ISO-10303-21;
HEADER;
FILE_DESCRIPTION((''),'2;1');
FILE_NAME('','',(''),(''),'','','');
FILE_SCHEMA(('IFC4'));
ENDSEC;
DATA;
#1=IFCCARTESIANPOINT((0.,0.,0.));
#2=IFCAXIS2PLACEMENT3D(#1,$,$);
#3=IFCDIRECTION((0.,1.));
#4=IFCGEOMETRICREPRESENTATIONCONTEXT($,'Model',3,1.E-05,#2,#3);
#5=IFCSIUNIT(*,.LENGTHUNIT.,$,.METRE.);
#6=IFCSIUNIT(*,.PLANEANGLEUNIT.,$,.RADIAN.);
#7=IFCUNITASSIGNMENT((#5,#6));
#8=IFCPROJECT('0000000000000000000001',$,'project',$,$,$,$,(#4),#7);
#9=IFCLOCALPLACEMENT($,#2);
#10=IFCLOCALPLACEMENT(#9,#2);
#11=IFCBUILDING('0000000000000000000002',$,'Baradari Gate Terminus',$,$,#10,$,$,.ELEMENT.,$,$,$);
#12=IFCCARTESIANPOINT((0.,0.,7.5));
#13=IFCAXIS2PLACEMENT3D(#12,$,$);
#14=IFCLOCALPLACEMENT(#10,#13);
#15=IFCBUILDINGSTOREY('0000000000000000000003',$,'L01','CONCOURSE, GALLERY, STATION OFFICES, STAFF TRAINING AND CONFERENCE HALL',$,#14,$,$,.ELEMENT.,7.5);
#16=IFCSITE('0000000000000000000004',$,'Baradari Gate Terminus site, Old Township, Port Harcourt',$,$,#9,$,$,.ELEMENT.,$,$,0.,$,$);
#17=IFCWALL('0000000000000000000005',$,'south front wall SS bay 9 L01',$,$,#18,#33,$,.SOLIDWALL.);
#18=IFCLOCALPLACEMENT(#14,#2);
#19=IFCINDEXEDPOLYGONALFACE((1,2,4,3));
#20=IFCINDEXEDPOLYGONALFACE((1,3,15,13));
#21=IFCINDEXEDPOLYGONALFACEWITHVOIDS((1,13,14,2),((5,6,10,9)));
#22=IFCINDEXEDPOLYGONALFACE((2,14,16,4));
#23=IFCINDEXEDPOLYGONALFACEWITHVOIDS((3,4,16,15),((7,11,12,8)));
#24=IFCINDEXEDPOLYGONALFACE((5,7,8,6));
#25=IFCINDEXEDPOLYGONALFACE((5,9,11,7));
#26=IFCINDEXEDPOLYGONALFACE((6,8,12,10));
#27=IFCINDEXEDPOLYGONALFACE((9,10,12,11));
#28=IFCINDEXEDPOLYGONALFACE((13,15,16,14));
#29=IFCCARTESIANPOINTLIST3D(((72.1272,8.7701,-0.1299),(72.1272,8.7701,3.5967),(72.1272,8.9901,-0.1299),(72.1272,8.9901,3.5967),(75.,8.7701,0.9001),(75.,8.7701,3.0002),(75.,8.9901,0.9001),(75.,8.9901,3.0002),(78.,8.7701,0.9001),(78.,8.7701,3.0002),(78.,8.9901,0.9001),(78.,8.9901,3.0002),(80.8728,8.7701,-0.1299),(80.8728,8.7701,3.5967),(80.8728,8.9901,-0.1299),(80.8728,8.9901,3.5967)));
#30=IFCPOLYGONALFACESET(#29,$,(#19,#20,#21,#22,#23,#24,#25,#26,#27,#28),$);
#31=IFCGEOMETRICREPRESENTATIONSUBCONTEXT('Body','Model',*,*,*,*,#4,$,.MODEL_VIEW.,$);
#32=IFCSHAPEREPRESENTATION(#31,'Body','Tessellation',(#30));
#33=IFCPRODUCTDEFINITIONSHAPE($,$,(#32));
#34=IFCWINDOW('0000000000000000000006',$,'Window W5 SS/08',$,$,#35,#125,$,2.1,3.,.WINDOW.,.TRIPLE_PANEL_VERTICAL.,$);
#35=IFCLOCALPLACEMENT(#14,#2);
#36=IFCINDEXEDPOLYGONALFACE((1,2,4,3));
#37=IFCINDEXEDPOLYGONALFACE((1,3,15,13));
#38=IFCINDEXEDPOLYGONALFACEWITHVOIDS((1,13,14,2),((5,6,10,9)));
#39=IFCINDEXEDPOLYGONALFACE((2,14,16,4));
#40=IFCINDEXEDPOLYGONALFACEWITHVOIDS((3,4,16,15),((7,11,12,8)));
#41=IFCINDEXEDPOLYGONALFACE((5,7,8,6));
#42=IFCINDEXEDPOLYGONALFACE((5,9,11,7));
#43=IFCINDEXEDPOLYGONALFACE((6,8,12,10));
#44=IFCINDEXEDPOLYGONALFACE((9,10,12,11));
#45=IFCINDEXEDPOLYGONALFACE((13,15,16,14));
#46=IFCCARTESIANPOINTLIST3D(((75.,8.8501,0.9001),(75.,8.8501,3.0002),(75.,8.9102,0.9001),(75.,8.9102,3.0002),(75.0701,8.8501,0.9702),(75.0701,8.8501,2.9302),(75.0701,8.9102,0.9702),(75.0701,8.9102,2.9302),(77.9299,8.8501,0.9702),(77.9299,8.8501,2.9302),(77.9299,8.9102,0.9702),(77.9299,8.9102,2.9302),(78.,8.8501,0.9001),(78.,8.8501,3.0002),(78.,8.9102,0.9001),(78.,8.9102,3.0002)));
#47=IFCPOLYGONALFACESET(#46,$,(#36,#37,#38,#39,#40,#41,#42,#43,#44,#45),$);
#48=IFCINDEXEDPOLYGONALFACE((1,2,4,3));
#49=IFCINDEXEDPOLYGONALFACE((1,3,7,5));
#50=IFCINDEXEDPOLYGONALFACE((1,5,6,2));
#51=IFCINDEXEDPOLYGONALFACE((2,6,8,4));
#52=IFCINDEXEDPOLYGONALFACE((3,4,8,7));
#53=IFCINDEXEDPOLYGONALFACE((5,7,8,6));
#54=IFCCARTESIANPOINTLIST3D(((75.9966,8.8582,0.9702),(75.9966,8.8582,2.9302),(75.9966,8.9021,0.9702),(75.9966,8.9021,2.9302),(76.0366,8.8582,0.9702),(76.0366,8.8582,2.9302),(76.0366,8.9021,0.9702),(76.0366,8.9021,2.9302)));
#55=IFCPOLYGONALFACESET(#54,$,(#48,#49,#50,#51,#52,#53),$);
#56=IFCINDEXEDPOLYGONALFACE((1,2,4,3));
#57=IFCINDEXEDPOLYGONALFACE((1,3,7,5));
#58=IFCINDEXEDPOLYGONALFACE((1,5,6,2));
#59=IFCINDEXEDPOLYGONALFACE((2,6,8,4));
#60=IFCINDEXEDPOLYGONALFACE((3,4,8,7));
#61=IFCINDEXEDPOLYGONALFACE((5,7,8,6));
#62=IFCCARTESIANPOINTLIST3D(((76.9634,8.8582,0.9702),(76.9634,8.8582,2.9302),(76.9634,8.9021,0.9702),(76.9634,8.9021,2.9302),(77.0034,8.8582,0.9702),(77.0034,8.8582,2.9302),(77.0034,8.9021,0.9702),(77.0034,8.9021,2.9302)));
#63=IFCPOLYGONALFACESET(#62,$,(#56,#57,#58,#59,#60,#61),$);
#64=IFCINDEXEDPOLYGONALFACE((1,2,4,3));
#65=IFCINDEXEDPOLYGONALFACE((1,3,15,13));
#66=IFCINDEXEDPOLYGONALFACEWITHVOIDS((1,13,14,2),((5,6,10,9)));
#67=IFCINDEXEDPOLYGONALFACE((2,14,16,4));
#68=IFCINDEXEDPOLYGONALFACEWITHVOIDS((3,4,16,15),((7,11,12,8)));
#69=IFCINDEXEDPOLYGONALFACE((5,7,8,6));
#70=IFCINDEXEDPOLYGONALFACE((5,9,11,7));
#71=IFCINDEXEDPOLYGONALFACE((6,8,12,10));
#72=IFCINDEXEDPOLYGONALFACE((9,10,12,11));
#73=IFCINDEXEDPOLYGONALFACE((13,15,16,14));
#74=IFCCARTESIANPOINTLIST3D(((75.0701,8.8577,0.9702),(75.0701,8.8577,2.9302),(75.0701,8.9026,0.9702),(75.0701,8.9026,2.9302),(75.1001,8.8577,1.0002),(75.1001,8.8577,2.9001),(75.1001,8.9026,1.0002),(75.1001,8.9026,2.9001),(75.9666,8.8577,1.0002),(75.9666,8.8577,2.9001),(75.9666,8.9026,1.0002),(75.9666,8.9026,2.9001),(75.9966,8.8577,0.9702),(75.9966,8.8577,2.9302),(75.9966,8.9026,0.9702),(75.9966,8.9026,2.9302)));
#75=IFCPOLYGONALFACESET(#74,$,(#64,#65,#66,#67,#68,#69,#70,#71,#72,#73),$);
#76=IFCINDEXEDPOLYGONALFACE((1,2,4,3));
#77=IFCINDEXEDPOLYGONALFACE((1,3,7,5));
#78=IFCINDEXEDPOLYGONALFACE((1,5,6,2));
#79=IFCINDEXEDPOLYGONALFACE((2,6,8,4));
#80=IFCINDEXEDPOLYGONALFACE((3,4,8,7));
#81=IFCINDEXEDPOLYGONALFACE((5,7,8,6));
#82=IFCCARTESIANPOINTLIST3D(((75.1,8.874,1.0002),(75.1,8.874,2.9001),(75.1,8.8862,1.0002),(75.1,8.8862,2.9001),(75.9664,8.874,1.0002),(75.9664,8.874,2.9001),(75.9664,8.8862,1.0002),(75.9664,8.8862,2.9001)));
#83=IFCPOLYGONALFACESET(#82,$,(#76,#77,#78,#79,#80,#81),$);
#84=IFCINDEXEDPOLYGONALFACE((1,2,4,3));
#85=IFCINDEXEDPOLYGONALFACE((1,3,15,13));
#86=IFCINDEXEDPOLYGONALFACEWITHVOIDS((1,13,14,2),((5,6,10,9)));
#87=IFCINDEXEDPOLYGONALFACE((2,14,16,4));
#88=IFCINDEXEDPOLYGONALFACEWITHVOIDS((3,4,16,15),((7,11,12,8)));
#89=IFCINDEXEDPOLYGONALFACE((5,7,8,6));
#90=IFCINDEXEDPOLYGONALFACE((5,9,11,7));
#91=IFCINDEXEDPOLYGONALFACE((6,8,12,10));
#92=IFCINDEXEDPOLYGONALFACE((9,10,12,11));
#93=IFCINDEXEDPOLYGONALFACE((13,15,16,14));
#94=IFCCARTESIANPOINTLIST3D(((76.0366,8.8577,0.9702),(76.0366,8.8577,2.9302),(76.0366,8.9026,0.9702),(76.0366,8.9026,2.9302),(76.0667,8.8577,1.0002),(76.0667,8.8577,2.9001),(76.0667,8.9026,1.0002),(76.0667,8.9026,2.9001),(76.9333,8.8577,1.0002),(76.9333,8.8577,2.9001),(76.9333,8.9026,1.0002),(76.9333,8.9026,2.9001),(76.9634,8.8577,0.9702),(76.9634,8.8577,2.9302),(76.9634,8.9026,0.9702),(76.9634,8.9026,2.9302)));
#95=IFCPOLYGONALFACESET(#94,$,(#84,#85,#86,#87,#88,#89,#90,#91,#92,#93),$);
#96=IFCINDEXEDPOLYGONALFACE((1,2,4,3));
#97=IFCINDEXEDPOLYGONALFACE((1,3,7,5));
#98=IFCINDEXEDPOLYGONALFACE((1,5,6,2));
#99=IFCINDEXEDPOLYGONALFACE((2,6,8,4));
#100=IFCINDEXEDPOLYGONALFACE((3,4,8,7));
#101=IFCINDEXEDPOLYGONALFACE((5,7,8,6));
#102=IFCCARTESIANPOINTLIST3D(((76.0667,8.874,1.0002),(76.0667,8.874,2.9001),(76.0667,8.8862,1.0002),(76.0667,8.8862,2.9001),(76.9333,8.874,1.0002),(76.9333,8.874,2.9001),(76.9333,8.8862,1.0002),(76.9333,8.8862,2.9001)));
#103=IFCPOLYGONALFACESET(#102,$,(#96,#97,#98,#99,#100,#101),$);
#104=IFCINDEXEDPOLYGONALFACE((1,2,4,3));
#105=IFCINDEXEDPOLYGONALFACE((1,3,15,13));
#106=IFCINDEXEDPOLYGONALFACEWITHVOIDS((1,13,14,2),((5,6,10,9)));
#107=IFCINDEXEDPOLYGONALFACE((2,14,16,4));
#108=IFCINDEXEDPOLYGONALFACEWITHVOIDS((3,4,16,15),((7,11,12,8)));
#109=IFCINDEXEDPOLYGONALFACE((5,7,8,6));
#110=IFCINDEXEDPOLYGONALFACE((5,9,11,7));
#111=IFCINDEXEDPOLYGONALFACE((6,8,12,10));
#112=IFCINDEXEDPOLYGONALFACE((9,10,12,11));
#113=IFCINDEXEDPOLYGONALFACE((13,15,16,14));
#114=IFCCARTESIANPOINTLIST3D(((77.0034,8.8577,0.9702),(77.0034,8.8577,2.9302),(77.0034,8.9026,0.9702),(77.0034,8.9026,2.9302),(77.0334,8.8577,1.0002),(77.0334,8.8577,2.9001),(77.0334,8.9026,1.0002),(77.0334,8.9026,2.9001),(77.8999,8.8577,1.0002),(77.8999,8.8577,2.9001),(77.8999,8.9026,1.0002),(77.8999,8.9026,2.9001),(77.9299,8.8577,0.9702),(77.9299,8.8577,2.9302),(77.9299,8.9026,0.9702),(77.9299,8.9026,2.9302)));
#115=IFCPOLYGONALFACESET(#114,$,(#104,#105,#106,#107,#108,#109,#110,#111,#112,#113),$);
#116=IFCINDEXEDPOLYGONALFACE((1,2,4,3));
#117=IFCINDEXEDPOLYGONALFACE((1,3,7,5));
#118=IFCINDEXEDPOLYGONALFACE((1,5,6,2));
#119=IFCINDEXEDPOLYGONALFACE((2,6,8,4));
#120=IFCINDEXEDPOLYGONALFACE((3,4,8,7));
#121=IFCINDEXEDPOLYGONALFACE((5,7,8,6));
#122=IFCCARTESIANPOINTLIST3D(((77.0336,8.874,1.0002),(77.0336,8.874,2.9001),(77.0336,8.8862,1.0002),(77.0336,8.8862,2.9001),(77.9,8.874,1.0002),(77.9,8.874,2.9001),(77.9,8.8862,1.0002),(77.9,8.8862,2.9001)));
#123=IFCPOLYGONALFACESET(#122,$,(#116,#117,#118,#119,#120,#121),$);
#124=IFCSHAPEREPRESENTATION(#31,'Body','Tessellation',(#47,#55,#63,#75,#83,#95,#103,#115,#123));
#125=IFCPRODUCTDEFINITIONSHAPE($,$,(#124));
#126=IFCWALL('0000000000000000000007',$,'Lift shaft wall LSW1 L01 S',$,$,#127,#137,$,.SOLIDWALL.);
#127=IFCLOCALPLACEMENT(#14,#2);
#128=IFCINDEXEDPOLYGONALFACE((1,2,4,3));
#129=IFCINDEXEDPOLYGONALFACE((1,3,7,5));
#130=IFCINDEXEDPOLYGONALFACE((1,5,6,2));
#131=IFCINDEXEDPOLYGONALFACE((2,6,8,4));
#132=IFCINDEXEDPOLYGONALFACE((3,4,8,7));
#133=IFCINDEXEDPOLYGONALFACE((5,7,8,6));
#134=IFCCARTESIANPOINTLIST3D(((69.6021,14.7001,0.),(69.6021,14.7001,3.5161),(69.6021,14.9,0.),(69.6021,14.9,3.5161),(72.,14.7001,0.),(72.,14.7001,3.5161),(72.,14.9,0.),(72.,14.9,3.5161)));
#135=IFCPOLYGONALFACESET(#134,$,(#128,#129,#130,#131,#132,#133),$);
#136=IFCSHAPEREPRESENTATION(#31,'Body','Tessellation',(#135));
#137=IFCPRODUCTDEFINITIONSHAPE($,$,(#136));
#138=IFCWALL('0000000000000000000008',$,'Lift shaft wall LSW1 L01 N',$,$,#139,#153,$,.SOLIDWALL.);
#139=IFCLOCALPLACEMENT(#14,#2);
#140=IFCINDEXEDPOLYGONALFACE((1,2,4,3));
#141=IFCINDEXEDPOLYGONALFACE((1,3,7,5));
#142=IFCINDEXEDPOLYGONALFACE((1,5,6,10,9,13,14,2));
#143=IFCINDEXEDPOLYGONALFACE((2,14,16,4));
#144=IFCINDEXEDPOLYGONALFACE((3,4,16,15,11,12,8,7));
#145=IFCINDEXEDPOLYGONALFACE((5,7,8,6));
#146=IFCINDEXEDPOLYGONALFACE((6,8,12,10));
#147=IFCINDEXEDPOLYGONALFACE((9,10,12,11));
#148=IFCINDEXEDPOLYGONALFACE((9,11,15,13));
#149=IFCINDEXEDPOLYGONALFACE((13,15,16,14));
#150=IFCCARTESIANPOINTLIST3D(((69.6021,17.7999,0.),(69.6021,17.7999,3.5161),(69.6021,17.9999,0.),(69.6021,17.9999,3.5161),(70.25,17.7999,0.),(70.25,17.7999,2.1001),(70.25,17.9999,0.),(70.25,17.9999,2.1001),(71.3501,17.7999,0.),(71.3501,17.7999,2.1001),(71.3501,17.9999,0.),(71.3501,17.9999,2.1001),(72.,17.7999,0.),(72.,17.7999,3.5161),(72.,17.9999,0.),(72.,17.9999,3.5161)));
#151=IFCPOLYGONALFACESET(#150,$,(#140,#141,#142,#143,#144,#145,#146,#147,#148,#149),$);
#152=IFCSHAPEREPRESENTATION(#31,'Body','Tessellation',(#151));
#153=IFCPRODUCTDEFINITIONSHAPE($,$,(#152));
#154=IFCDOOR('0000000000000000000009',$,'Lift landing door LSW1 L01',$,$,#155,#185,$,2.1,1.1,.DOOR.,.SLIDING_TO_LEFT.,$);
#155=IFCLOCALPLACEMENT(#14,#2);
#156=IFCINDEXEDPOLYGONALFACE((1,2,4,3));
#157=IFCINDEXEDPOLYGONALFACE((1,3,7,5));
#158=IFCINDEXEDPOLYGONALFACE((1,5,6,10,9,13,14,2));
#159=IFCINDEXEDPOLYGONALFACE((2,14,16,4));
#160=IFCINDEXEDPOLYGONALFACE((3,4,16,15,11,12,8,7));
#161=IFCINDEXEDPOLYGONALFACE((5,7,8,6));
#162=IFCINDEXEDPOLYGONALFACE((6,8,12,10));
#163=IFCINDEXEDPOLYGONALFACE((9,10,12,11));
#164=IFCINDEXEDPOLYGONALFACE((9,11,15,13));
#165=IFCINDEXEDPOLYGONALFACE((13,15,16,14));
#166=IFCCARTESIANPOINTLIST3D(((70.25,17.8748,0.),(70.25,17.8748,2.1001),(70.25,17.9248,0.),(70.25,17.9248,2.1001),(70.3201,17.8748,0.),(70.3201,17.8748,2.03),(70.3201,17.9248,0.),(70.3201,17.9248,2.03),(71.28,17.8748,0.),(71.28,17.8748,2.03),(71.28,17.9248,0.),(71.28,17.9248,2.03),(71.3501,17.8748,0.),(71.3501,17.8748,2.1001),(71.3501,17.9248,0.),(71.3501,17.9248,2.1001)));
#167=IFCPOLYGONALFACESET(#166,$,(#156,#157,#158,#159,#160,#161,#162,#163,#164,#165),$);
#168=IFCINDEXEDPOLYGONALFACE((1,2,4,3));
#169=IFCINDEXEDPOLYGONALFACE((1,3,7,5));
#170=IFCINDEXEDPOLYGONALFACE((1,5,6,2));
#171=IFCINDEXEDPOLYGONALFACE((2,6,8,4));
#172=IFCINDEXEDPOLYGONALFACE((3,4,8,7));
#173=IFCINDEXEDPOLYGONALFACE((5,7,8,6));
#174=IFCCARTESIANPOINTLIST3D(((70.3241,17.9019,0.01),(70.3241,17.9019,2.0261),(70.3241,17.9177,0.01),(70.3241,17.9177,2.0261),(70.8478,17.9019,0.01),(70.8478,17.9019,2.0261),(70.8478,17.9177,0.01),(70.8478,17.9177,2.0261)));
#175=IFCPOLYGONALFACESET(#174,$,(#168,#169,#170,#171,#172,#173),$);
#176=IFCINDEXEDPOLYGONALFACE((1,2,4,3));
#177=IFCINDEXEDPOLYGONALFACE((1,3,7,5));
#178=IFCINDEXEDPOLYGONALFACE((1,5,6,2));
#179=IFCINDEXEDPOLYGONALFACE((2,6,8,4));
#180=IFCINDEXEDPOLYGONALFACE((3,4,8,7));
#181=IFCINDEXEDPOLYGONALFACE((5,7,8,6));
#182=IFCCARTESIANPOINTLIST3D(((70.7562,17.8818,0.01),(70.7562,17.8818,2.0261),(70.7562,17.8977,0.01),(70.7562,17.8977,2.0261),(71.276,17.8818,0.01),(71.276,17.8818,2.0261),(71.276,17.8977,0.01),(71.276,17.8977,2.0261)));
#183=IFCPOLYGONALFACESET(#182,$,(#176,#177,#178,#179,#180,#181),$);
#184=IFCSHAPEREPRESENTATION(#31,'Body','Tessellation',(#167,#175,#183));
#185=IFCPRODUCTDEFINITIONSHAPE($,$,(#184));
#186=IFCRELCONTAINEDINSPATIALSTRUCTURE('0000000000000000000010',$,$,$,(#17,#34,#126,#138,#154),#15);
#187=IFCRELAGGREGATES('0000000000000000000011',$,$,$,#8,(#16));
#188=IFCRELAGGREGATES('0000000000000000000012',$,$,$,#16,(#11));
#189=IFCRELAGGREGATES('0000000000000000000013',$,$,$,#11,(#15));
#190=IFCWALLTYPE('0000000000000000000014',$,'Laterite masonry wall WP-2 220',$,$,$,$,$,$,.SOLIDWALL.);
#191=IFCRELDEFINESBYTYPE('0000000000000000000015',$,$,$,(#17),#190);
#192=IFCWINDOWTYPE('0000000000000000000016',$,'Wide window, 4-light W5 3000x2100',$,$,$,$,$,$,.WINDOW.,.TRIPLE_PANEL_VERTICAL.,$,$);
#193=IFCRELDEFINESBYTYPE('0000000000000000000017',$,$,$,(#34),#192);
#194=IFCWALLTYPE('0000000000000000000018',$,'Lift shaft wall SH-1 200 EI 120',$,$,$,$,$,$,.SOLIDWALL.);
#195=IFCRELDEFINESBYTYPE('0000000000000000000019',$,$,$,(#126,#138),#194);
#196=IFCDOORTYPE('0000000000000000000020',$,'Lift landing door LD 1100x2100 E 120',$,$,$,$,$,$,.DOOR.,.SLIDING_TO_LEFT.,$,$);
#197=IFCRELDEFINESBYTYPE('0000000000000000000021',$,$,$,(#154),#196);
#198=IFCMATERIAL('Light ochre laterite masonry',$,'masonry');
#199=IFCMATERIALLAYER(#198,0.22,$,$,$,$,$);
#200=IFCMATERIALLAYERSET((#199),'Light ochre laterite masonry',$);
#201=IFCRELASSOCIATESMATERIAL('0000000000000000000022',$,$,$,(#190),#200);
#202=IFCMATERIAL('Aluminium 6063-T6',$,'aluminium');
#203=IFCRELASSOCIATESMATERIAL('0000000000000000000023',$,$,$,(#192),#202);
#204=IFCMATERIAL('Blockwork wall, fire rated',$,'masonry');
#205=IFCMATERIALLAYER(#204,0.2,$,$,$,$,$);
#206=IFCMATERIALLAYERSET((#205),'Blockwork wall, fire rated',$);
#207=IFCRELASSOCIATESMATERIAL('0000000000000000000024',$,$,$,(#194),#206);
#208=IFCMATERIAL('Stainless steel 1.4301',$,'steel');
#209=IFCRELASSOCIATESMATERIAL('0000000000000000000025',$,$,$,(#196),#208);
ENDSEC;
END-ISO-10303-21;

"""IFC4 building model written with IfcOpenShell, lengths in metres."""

from ifc_helpers import new_model, si_unit, direction, frame, frame_2d, origin, place, context, subcontext, project, spatial, polyline, rectangle, outline, extrude, material, layer, layer_set, type_object, element, fill, save


model = new_model("IFC4")

# Units and contexts
model_context = context("Model", 3, precision=1e-05, world=origin(), true_north=direction((0.0, 1.0)))
body_context = subcontext(model_context, "Body", "Model", "MODEL_VIEW")
ifc_project = project(units=[si_unit("LENGTHUNIT", "METRE"), si_unit("PLANEANGLEUNIT", "RADIAN")], contexts=[model_context])

# Site, building, storey
site_placement = place(None, origin())
site = spatial("IfcSite", under=ifc_project, at=site_placement, Name="Baradari Gate Terminus site, Old Township, Port Harcourt", CompositionType="ELEMENT", RefElevation=0.0)
building_placement = place(site_placement, origin())
building = spatial("IfcBuilding", under=site, at=building_placement, Name="Baradari Gate Terminus", CompositionType="ELEMENT")
storey_placement = place(building_placement, frame((0.0, 0.0, 7.5)))
storey = spatial("IfcBuildingStorey", under=building, at=storey_placement, Name="L01", Description="CONCOURSE, GALLERY, STATION OFFICES, STAFF TRAINING AND CONFERENCE HALL", CompositionType="ELEMENT", Elevation=7.5)

# Wall, opening, window
ifc_material_1 = material(Name="Light ochre laterite masonry", Category="masonry")
ifc_layer_1 = layer(ifc_material_1, 0.22)
ifc_layer_set_1 = layer_set([ifc_layer_1], Name="Light ochre laterite masonry")
wall_type_1 = type_object("IfcWallType", Name="Laterite masonry wall WP-2 220", PredefinedType="SOLIDWALL", material=ifc_layer_set_1)
wall_1_placement = place(storey_placement, frame((72.1272, 8.8801, -0.1299), z_axis=(0.0, 0.0, 1.0), x_axis=(1.0, 0.0, 0.0)))
wall_1 = element("IfcWall", 1, at=wall_1_placement, inside=storey, type_object=wall_type_1, Name="south front wall SS bay 9 L01", PredefinedType="SOLIDWALL", context=body_context, shape_type="SweptSolid", body=[
    extrude(rectangle(XDim=8.7456, YDim=0.22, at=frame_2d((4.3728, 0.0))), origin(), (0.0, 0.0, 1.0), 3.7266),
])
opening_1_placement = place(wall_1_placement, frame((2.8728, 0.0, 1.03)))
opening_1 = element("IfcOpeningElement", 2, at=opening_1_placement, cuts=wall_1, PredefinedType="OPENING", context=body_context, shape_type="SweptSolid", body=[
    extrude(rectangle(XDim=3.0, YDim=2.1001, at=frame_2d((1.5, 1.05))), frame((0.0, 0.1199, 0.0), z_axis=(0.0, -1.0, 0.0), x_axis=(1.0, 0.0, 0.0)), (0.0, 0.0, 1.0), 0.24),
])
ifc_material_2 = material(Name="Aluminium 6063-T6", Category="aluminium")
window_type = type_object("IfcWindowType", Name="Wide window, 4-light W5 3000x2100", PartitioningType="TRIPLE_PANEL_VERTICAL", PredefinedType="WINDOW", material=ifc_material_2)
window_placement = place(opening_1_placement, origin())
window = element("IfcWindow", 3, at=window_placement, inside=storey, type_object=window_type, Name="Window W5 SS/08", OverallHeight=2.1, OverallWidth=3.0, PartitioningType="TRIPLE_PANEL_VERTICAL", PredefinedType="WINDOW", context=body_context, shape_type="SweptSolid", body=[
    extrude(outline(polyline([(0.0, 0.0), (3.0, 0.0), (3.0, 2.1001), (0.0, 2.1001), (0.0, 0.0)]), holes=[polyline([(0.0701, 0.0701), (2.9299, 0.0701), (2.9299, 2.03), (0.0701, 2.03), (0.0701, 0.0701)])]), frame((0.0, 0.03, 0.0), z_axis=(0.0, -1.0, 0.0), x_axis=(1.0, 0.0, 0.0)), (0.0, 0.0, 1.0), 0.0601),
    extrude(rectangle(XDim=0.04, YDim=1.96, at=frame_2d((1.0166, 1.05))), frame((0.0, 0.022, 0.0), z_axis=(0.0, -1.0, 0.0), x_axis=(1.0, 0.0, 0.0)), (0.0, 0.0, 1.0), 0.0439),
    extrude(rectangle(XDim=0.04, YDim=1.96, at=frame_2d((1.9834, 1.05))), frame((0.0, 0.022, 0.0), z_axis=(0.0, -1.0, 0.0), x_axis=(1.0, 0.0, 0.0)), (0.0, 0.0, 1.0), 0.0439),
    extrude(outline(polyline([(0.0701, 0.0701), (0.9966, 0.0701), (0.9966, 2.03), (0.0701, 2.03), (0.0701, 0.0701)]), holes=[polyline([(0.1001, 0.1001), (0.9666, 0.1001), (0.9666, 2.0), (0.1001, 2.0), (0.1001, 0.1001)])]), frame((0.0, 0.0225, 0.0), z_axis=(0.0, -1.0, 0.0), x_axis=(1.0, 0.0, 0.0)), (0.0, 0.0, 1.0), 0.0449),
    extrude(rectangle(XDim=0.8665, YDim=1.8999, at=frame_2d((0.5332, 1.05))), frame((0.0, 0.0061, 0.0), z_axis=(0.0, -1.0, 0.0), x_axis=(1.0, 0.0, 0.0)), (0.0, 0.0, 1.0), 0.0122),
    extrude(outline(polyline([(1.0366, 0.0701), (1.9634, 0.0701), (1.9634, 2.03), (1.0366, 2.03), (1.0366, 0.0701)]), holes=[polyline([(1.0667, 0.1001), (1.9333, 0.1001), (1.9333, 2.0), (1.0667, 2.0), (1.0667, 0.1001)])]), frame((0.0, 0.0225, 0.0), z_axis=(0.0, -1.0, 0.0), x_axis=(1.0, 0.0, 0.0)), (0.0, 0.0, 1.0), 0.0449),
    extrude(rectangle(XDim=0.8667, YDim=1.8999, at=frame_2d((1.5, 1.05))), frame((0.0, 0.0061, 0.0), z_axis=(0.0, -1.0, 0.0), x_axis=(1.0, 0.0, 0.0)), (0.0, 0.0, 1.0), 0.0122),
    extrude(outline(polyline([(2.0034, 0.0701), (2.9299, 0.0701), (2.9299, 2.03), (2.0034, 2.03), (2.0034, 0.0701)]), holes=[polyline([(2.0334, 0.1001), (2.8999, 0.1001), (2.8999, 2.0), (2.0334, 2.0), (2.0334, 0.1001)])]), frame((0.0, 0.0225, 0.0), z_axis=(0.0, -1.0, 0.0), x_axis=(1.0, 0.0, 0.0)), (0.0, 0.0, 1.0), 0.0449),
    extrude(rectangle(XDim=0.8665, YDim=1.8999, at=frame_2d((2.4668, 1.05))), frame((0.0, 0.0061, 0.0), z_axis=(0.0, -1.0, 0.0), x_axis=(1.0, 0.0, 0.0)), (0.0, 0.0, 1.0), 0.0122),
])
fill(opening_1, window)

# Wall
ifc_material_3 = material(Name="Blockwork wall, fire rated", Category="masonry")
ifc_layer_2 = layer(ifc_material_3, 0.2)
ifc_layer_set_2 = layer_set([ifc_layer_2], Name="Blockwork wall, fire rated")
wall_type_2 = type_object("IfcWallType", Name="Lift shaft wall SH-1 200 EI 120", PredefinedType="SOLIDWALL", material=ifc_layer_set_2)
wall_2_placement = place(storey_placement, frame((69.6021, 14.8, 0.0), z_axis=(0.0, 0.0, 1.0), x_axis=(1.0, 0.0, 0.0)))
element("IfcWall", 4, at=wall_2_placement, inside=storey, type_object=wall_type_2, Name="Lift shaft wall LSW1 L01 S", PredefinedType="SOLIDWALL", context=body_context, shape_type="SweptSolid", body=[
    extrude(rectangle(XDim=2.3979, YDim=0.2, at=frame_2d((1.199, 0.0))), origin(), (0.0, 0.0, 1.0), 3.5161),
])

# Wall, opening, door
wall_3_placement = place(storey_placement, frame((69.6021, 17.8999, 0.0), z_axis=(0.0, 0.0, 1.0), x_axis=(1.0, 0.0, 0.0)))
wall_3 = element("IfcWall", 5, at=wall_3_placement, inside=storey, type_object=wall_type_2, Name="Lift shaft wall LSW1 L01 N", PredefinedType="SOLIDWALL", context=body_context, shape_type="SweptSolid", body=[
    extrude(rectangle(XDim=2.3979, YDim=0.2, at=frame_2d((1.199, 0.0))), origin(), (0.0, 0.0, 1.0), 3.5161),
])
opening_2_placement = place(wall_3_placement, frame((0.6479, 0.0, 0.0)))
opening_2 = element("IfcOpeningElement", 6, at=opening_2_placement, cuts=wall_3, PredefinedType="OPENING", context=body_context, shape_type="SweptSolid", body=[
    extrude(rectangle(XDim=1.1001, YDim=2.1001, at=frame_2d((0.55, 1.05))), frame((0.0, 0.1099, 0.0), z_axis=(0.0, -1.0, 0.0), x_axis=(1.0, 0.0, 0.0)), (0.0, 0.0, 1.0), 0.22),
])
ifc_material_4 = material(Name="Stainless steel 1.4301", Category="steel")
door_type = type_object("IfcDoorType", Name="Lift landing door LD 1100x2100 E 120", OperationType="SLIDING_TO_LEFT", PredefinedType="DOOR", material=ifc_material_4)
door_placement = place(opening_2_placement, origin())
door = element("IfcDoor", 7, at=door_placement, inside=storey, type_object=door_type, Name="Lift landing door LSW1 L01", OperationType="SLIDING_TO_LEFT", OverallHeight=2.1, OverallWidth=1.1, PredefinedType="DOOR", context=body_context, shape_type="SweptSolid", body=[
    extrude(outline(polyline([(0.0, 0.0), (0.0701, 0.0), (0.0701, 2.03), (1.03, 2.03), (1.03, 0.0), (1.1001, 0.0), (1.1001, 2.1001), (0.0, 2.1001), (0.0, 0.0)])), frame((0.0, 0.0249, 0.0), z_axis=(0.0, -1.0, 0.0), x_axis=(1.0, 0.0, 0.0)), (0.0, 0.0, 1.0), 0.05),
    extrude(rectangle(XDim=0.5237, YDim=2.0161, at=frame_2d((0.3359, 1.0181))), frame((0.0, 0.0178, 0.0), z_axis=(0.0, -1.0, 0.0), x_axis=(1.0, 0.0, 0.0)), (0.0, 0.0, 1.0), 0.0159),
    extrude(rectangle(XDim=0.5198, YDim=2.0161, at=frame_2d((0.7661, 1.0181))), frame((0.0, -0.0022, 0.0), z_axis=(0.0, -1.0, 0.0), x_axis=(1.0, 0.0, 0.0)), (0.0, 0.0, 1.0), 0.0159),
])
fill(opening_2, door)

save(model, "model.ifc")
